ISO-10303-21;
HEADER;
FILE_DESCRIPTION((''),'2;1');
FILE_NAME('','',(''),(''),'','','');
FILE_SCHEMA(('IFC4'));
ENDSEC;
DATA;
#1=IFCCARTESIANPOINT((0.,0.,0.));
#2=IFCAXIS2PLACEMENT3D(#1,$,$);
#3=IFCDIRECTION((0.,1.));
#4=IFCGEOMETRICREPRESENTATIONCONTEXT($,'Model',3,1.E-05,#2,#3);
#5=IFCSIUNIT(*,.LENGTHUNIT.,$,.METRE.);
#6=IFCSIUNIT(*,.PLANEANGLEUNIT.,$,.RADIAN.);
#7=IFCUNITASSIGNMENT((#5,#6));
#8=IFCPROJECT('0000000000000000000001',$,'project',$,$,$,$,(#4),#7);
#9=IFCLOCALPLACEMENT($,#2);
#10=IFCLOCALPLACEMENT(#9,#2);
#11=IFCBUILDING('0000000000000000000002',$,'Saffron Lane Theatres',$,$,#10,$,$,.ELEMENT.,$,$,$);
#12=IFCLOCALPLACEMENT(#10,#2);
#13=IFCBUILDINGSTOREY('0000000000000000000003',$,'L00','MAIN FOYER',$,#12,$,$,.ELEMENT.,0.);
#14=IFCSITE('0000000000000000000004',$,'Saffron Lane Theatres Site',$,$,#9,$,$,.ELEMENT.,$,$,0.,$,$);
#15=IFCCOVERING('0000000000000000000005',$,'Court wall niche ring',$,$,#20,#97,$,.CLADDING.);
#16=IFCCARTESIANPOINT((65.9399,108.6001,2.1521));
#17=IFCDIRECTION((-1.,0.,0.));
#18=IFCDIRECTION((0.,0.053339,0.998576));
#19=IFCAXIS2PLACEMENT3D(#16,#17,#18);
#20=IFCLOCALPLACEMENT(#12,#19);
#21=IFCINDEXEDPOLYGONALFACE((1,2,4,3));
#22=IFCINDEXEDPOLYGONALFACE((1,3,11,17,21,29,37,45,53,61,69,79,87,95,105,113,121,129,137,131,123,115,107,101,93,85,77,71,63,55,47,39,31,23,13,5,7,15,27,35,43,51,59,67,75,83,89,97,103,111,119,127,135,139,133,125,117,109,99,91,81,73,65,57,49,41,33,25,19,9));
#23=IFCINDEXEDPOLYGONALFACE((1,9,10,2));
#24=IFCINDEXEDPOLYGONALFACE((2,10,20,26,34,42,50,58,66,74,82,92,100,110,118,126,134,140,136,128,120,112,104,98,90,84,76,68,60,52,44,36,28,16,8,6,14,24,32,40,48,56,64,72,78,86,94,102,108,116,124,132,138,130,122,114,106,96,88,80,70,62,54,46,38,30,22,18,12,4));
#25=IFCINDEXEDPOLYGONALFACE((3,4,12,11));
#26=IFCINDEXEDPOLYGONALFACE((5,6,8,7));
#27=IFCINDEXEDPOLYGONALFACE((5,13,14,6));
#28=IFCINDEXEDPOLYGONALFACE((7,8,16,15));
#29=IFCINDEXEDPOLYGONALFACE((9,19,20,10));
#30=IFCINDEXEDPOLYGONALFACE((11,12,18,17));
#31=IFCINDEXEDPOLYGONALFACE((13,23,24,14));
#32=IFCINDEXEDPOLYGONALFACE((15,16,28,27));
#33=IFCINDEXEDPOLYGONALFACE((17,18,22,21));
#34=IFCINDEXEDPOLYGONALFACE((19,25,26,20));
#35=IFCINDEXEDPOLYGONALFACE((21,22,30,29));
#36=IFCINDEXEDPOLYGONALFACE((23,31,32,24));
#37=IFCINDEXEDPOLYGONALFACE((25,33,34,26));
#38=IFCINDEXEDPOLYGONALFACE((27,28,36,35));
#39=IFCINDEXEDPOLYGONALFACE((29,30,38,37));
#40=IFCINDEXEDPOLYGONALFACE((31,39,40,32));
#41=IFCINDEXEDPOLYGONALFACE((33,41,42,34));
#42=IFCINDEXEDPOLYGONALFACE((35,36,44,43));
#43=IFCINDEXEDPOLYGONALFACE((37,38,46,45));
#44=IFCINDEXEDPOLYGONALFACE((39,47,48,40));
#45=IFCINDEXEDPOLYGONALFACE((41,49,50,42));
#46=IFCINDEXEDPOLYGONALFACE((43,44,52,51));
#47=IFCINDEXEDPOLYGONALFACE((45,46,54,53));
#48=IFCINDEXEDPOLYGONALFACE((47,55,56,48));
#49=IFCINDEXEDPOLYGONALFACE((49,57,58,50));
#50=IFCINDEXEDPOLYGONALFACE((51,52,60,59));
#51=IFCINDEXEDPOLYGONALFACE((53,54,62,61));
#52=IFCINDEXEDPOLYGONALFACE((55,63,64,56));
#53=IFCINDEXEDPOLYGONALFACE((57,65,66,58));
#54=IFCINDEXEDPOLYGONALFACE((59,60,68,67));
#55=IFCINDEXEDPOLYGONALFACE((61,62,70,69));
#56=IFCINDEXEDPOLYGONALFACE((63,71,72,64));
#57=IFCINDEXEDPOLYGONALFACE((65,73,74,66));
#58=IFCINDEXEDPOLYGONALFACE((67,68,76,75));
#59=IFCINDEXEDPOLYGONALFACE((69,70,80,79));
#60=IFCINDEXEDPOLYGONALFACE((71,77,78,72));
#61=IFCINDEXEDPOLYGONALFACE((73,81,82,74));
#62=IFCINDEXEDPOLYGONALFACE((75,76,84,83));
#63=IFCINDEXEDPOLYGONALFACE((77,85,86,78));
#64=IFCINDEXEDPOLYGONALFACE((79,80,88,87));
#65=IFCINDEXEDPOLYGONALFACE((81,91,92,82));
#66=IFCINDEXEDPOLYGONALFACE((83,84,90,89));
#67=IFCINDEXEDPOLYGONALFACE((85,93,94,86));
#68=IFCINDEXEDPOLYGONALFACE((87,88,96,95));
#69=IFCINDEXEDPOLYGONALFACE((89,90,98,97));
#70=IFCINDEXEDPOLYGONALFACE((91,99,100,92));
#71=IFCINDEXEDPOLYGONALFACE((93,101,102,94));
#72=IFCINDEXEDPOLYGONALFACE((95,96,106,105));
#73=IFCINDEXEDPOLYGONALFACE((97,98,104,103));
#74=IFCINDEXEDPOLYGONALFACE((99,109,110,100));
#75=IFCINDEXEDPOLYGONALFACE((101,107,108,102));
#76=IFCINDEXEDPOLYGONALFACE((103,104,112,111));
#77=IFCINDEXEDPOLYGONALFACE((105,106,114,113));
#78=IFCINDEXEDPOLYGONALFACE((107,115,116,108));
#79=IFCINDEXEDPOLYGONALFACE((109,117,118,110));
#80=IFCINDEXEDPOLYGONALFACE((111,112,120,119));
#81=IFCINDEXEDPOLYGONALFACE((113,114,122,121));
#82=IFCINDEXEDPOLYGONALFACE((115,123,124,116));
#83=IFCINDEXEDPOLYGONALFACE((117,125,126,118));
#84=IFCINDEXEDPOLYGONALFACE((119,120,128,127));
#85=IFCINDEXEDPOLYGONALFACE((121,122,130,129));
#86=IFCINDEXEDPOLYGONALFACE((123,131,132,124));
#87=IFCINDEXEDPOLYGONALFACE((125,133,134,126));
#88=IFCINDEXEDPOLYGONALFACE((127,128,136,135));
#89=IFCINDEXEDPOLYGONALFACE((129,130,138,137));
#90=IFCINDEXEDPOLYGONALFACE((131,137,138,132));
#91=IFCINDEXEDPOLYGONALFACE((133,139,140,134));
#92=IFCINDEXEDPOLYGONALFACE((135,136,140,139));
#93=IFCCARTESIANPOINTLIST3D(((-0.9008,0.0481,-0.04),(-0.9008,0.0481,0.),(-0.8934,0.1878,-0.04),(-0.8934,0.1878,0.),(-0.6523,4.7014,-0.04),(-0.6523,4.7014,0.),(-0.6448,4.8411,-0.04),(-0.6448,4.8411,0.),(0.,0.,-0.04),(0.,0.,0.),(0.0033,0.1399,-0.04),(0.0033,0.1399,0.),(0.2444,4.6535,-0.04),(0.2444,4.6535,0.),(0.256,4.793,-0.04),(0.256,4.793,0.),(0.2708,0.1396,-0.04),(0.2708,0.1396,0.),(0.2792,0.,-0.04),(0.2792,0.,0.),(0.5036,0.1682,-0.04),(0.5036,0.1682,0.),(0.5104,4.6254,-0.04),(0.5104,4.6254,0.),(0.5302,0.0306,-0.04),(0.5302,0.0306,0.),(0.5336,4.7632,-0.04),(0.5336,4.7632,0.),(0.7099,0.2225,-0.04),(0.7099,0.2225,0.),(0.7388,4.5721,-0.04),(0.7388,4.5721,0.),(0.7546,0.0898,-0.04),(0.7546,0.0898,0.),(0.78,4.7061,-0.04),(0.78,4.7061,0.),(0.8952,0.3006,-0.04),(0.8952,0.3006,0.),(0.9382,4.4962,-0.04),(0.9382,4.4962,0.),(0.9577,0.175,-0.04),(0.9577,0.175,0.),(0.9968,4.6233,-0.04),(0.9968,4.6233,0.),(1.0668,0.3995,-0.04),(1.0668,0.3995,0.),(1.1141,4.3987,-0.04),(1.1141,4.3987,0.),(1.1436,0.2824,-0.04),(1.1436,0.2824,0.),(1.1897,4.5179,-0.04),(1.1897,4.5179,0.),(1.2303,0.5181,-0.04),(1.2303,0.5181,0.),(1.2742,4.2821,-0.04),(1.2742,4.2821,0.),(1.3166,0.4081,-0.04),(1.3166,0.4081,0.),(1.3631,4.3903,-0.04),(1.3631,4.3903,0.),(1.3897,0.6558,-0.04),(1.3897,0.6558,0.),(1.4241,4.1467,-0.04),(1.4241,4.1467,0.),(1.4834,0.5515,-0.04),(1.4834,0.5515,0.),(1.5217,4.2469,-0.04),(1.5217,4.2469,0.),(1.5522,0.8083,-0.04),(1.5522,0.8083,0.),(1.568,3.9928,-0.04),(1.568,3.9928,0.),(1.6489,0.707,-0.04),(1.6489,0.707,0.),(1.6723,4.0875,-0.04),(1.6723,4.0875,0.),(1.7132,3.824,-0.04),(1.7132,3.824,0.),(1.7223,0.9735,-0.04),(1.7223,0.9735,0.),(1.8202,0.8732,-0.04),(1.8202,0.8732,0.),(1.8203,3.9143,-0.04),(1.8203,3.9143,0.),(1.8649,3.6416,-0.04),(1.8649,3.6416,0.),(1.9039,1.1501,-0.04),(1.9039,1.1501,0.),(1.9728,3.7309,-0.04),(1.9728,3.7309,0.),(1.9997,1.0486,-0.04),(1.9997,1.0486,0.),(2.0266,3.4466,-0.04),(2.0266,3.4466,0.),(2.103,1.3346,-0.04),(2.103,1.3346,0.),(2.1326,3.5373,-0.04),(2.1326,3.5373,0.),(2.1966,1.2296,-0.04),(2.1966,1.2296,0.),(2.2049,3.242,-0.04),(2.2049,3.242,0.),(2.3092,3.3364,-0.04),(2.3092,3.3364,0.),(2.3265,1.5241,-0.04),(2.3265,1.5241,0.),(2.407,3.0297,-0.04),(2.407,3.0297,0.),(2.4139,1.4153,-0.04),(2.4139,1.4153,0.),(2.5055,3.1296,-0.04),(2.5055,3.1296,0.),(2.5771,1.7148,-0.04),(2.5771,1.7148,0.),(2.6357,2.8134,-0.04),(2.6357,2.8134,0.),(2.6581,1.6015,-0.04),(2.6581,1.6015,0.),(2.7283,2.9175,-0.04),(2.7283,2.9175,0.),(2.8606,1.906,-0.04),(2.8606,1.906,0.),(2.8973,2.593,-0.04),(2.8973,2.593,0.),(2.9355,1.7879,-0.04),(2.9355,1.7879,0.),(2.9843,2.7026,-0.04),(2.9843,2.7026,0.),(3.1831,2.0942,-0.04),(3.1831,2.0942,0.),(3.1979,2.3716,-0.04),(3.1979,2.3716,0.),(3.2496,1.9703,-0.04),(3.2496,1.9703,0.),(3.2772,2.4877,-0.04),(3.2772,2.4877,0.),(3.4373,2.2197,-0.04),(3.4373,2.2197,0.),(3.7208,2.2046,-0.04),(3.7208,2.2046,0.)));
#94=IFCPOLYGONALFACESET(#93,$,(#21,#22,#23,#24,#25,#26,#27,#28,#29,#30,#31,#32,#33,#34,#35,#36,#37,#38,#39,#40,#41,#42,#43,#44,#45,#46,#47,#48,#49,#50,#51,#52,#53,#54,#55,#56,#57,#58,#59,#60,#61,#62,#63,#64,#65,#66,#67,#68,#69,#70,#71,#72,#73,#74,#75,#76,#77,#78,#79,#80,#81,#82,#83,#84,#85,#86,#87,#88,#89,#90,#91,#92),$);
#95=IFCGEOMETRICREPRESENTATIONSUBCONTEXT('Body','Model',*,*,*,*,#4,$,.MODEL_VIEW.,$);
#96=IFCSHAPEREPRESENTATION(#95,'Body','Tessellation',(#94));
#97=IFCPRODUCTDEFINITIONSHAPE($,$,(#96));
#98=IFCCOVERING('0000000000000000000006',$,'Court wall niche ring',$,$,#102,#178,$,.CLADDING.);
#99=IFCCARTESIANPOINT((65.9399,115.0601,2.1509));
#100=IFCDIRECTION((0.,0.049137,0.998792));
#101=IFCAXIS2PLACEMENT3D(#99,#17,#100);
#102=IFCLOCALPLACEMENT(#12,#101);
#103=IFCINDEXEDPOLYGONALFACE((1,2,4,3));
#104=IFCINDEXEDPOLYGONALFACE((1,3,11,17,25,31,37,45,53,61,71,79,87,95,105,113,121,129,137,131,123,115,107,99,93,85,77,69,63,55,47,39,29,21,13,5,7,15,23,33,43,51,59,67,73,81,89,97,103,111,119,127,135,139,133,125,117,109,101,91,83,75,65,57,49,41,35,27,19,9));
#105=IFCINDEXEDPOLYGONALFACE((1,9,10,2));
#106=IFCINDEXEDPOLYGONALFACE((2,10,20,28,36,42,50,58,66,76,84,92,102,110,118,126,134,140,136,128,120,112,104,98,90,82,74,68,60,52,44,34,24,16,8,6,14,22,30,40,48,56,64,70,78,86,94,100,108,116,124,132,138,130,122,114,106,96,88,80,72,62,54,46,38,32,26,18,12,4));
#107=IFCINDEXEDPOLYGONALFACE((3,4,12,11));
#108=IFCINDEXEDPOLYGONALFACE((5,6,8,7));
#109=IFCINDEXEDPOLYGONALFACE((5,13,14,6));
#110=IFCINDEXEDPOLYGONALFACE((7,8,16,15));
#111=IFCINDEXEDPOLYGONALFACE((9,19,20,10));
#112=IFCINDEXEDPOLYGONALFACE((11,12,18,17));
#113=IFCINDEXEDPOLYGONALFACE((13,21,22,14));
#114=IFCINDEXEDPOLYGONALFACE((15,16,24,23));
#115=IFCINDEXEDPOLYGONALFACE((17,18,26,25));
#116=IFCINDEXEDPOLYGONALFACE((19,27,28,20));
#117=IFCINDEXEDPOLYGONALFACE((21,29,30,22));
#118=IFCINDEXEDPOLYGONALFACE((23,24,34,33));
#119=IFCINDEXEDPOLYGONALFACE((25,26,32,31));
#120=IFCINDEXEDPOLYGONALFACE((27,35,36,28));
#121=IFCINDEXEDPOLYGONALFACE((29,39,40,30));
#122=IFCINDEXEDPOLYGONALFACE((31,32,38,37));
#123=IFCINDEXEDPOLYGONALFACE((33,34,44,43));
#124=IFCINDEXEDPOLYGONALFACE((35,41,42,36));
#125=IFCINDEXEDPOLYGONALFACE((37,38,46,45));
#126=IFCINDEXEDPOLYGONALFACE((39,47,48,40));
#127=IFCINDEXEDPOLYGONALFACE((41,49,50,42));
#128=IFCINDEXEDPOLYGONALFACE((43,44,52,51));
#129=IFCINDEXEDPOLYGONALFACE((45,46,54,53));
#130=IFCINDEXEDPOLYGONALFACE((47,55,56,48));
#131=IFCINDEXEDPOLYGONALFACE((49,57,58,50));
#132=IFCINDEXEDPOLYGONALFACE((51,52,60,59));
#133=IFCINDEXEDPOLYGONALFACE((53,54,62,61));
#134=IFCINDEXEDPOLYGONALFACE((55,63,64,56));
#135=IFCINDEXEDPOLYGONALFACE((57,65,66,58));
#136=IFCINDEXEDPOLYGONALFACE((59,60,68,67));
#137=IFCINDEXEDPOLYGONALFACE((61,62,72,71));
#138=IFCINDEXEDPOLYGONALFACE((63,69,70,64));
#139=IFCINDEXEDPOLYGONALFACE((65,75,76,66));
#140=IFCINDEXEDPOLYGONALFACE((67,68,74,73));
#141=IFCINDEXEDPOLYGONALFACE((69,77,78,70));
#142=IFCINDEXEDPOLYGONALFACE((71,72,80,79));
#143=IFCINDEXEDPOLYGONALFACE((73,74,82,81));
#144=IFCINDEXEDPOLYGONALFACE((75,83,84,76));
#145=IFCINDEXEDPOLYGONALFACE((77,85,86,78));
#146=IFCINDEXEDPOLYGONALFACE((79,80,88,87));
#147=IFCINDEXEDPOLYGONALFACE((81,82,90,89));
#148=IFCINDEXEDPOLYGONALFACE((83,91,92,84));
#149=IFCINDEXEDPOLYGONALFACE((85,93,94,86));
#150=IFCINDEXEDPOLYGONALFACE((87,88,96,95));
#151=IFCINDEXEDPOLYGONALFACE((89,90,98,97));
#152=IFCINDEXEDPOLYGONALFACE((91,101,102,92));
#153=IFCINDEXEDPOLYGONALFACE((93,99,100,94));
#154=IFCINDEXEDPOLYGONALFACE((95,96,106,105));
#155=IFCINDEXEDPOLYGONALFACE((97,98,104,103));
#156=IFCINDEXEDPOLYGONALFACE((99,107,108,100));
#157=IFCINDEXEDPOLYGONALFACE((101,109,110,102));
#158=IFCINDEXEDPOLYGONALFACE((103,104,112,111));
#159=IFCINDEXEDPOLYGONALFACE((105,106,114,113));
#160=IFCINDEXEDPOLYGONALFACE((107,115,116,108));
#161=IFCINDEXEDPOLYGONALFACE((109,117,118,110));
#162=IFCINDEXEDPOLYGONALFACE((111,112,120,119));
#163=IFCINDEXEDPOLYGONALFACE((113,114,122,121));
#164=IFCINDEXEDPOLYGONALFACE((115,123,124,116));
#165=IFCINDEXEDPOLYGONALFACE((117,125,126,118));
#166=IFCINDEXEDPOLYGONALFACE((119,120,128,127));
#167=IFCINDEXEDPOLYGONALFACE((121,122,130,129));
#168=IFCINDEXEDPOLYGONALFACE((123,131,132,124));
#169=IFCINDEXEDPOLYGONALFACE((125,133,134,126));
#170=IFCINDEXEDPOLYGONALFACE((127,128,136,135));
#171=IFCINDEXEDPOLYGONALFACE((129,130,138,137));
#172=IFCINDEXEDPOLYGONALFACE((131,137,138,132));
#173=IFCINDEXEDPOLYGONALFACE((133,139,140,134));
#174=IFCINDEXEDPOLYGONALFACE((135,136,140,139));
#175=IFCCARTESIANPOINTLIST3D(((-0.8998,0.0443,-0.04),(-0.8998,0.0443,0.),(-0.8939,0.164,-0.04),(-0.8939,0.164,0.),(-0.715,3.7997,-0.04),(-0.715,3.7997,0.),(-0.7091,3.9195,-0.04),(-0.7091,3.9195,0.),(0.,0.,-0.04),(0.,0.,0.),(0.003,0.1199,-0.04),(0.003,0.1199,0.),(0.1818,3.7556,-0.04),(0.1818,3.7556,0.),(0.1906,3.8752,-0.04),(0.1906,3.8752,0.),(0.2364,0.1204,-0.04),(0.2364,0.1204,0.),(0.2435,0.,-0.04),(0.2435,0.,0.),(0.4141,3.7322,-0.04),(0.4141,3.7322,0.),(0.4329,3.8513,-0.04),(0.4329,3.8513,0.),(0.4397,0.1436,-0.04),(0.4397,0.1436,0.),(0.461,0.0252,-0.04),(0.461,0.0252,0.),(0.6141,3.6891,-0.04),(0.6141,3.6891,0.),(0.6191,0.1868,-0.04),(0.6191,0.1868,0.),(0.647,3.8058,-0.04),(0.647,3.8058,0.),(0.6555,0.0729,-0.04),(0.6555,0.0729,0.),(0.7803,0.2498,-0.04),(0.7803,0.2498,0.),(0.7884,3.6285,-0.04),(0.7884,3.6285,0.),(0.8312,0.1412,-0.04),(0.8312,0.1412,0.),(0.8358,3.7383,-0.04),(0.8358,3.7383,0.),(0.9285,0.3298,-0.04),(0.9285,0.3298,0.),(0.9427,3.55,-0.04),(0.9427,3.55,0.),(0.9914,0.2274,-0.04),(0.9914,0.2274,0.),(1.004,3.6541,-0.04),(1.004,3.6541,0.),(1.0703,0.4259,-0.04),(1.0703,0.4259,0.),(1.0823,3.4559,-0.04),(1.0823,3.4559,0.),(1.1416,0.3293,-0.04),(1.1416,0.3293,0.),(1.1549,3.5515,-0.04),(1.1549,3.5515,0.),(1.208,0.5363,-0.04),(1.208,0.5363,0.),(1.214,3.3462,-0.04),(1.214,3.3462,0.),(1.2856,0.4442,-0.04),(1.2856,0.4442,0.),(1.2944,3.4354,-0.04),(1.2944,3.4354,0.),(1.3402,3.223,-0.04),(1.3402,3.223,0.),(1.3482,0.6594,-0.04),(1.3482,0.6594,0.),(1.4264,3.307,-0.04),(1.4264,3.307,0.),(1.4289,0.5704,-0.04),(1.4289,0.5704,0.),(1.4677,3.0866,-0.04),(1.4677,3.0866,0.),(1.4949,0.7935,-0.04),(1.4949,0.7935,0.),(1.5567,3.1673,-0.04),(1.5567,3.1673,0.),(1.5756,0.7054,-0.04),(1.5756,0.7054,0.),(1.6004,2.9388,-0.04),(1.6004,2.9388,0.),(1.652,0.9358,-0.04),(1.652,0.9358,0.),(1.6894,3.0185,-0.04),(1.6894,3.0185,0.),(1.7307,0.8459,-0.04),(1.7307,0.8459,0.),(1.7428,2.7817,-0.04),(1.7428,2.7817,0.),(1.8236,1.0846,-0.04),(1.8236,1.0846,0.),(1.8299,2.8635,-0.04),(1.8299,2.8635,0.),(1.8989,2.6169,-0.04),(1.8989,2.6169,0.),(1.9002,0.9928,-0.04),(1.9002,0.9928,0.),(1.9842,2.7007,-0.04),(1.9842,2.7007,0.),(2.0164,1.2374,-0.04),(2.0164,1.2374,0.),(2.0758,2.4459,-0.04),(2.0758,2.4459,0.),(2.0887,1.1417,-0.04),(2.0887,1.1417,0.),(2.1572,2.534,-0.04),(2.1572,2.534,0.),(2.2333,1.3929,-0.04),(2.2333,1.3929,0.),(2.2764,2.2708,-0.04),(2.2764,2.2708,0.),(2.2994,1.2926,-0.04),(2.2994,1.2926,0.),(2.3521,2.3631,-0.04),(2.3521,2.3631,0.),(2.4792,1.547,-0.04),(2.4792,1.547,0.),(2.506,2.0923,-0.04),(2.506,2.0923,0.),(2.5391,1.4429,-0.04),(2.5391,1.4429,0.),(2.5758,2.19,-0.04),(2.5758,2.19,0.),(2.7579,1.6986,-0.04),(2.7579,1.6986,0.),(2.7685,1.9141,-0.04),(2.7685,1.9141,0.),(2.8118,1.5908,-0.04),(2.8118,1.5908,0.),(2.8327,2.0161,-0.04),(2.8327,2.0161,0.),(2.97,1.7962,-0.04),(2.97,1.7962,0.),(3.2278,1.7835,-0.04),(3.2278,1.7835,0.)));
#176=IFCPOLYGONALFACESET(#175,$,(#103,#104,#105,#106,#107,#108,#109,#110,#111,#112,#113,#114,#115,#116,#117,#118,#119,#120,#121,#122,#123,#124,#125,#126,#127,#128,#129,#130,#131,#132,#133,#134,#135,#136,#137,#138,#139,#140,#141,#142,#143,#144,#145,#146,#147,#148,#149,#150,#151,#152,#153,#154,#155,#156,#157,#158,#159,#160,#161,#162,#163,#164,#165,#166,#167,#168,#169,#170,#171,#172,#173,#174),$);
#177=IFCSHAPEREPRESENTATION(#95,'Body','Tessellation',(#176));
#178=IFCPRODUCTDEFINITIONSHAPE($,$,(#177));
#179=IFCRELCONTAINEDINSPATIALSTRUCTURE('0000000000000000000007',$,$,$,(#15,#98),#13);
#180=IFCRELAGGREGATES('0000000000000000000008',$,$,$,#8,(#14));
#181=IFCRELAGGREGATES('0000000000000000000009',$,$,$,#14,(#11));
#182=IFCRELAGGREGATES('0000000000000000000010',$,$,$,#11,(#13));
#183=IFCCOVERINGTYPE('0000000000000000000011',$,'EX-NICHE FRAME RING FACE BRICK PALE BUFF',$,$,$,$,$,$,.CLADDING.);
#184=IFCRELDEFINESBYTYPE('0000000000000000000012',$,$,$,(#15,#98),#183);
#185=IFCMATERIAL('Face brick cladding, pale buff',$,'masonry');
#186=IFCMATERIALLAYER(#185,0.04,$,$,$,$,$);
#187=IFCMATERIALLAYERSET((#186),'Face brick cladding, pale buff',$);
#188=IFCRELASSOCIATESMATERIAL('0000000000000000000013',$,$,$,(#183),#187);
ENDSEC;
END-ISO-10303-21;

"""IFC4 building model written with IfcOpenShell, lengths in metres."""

from ifc_helpers import new_model, si_unit, direction, frame, origin, place, context, subcontext, project, spatial, polyline, outline, extrude, material, layer, layer_set, type_object, element, save


model = new_model("IFC4")

# Units and contexts
model_context = context("Model", 3, precision=1e-05, world=origin(), true_north=direction((0.0, 1.0)))
body_context = subcontext(model_context, "Body", "Model", "MODEL_VIEW")
ifc_project = project(units=[si_unit("LENGTHUNIT", "METRE"), si_unit("PLANEANGLEUNIT", "RADIAN")], contexts=[model_context])

# Site, building, storey
site_placement = place(None, origin())
site = spatial("IfcSite", under=ifc_project, at=site_placement, Name="Saffron Lane Theatres Site", CompositionType="ELEMENT", RefElevation=0.0)
building_placement = place(site_placement, origin())
building = spatial("IfcBuilding", under=site, at=building_placement, Name="Saffron Lane Theatres", CompositionType="ELEMENT")
storey_placement = place(building_placement, origin())
storey = spatial("IfcBuildingStorey", under=building, at=storey_placement, Name="L00", Description="MAIN FOYER", CompositionType="ELEMENT", Elevation=0.0)

# Coverings
ifc_material_1 = material(Name="Face brick cladding, pale buff", Category="masonry")
ifc_layer_1 = layer(ifc_material_1, 0.04)
ifc_layer_set_1 = layer_set([ifc_layer_1], Name="Face brick cladding, pale buff")
covering_type_1 = type_object("IfcCoveringType", Name="EX-NICHE FRAME RING FACE BRICK PALE BUFF", PredefinedType="CLADDING", material=ifc_layer_set_1)
covering_1_placement = place(storey_placement, frame((65.9399, 108.6001, 2.1521), z_axis=(-1.0, 0.0, 0.0), x_axis=(0.0, 0.053339, 0.998576)))
element("IfcCovering", 1, at=covering_1_placement, inside=storey, type_object=covering_type_1, Name="Court wall niche ring", PredefinedType="CLADDING", context=body_context, shape_type="SweptSolid", body=[
    extrude(outline(polyline([(0.0, 0.0), (0.2792, 0.0), (0.5302, 0.0306), (0.7546, 0.0898), (0.9577, 0.175), (1.1436, 0.2824), (1.3166, 0.4081), (1.4834, 0.5515), (1.6489, 0.707), (1.8202, 0.8732), (1.9997, 1.0486), (2.1966, 1.2296), (2.4139, 1.4153), (2.6581, 1.6015), (2.9355, 1.7879), (3.2496, 1.9703), (3.7208, 2.2046), (3.2772, 2.4877), (2.9843, 2.7026), (2.7283, 2.9175), (2.5055, 3.1296), (2.3092, 3.3364), (2.1326, 3.5373), (1.9728, 3.7309), (1.8203, 3.9143), (1.6723, 4.0875), (1.5217, 4.2469), (1.3631, 4.3903), (1.1897, 4.5179), (0.9968, 4.6233), (0.78, 4.7061), (0.5336, 4.7632), (0.256, 4.793), (-0.6448, 4.8411), (-0.6523, 4.7014), (0.2444, 4.6535), (0.5104, 4.6254), (0.7388, 4.5721), (0.9382, 4.4962), (1.1141, 4.3987), (1.2742, 4.2821), (1.4241, 4.1467), (1.568, 3.9928), (1.7132, 3.824), (1.8649, 3.6416), (2.0266, 3.4466), (2.2049, 3.242), (2.407, 3.0297), (2.6357, 2.8134), (2.8973, 2.593), (3.1979, 2.3716), (3.4373, 2.2197), (3.1831, 2.0942), (2.8606, 1.906), (2.5771, 1.7148), (2.3265, 1.5241), (2.103, 1.3346), (1.9039, 1.1501), (1.7223, 0.9735), (1.5522, 0.8083), (1.3897, 0.6558), (1.2303, 0.5181), (1.0668, 0.3995), (0.8952, 0.3006), (0.7099, 0.2225), (0.5036, 0.1682), (0.2708, 0.1396), (0.0033, 0.1399), (-0.8934, 0.1878), (-0.9008, 0.0481), (0.0, 0.0)])), origin(), (0.0, 0.0, -1.0), 0.04),
])
covering_2_placement = place(storey_placement, frame((65.9399, 115.0601, 2.1509), z_axis=(-1.0, 0.0, 0.0), x_axis=(0.0, 0.049137, 0.998792)))
element("IfcCovering", 2, at=covering_2_placement, inside=storey, type_object=covering_type_1, Name="Court wall niche ring", PredefinedType="CLADDING", context=body_context, shape_type="SweptSolid", body=[
    extrude(outline(polyline([(0.0, 0.0), (0.2435, 0.0), (0.461, 0.0252), (0.6555, 0.0729), (0.8312, 0.1412), (0.9914, 0.2274), (1.1416, 0.3293), (1.2856, 0.4442), (1.4289, 0.5704), (1.5756, 0.7054), (1.7307, 0.8459), (1.9002, 0.9928), (2.0887, 1.1417), (2.2994, 1.2926), (2.5391, 1.4429), (2.8118, 1.5908), (3.2278, 1.7835), (2.8327, 2.0161), (2.5758, 2.19), (2.3521, 2.3631), (2.1572, 2.534), (1.9842, 2.7007), (1.8299, 2.8635), (1.6894, 3.0185), (1.5567, 3.1673), (1.4264, 3.307), (1.2944, 3.4354), (1.1549, 3.5515), (1.004, 3.6541), (0.8358, 3.7383), (0.647, 3.8058), (0.4329, 3.8513), (0.1906, 3.8752), (-0.7091, 3.9195), (-0.715, 3.7997), (0.1818, 3.7556), (0.4141, 3.7322), (0.6141, 3.6891), (0.7884, 3.6285), (0.9427, 3.55), (1.0823, 3.4559), (1.214, 3.3462), (1.3402, 3.223), (1.4677, 3.0866), (1.6004, 2.9388), (1.7428, 2.7817), (1.8989, 2.6169), (2.0758, 2.4459), (2.2764, 2.2708), (2.506, 2.0923), (2.7685, 1.9141), (2.97, 1.7962), (2.7579, 1.6986), (2.4792, 1.547), (2.2333, 1.3929), (2.0164, 1.2374), (1.8236, 1.0846), (1.652, 0.9358), (1.4949, 0.7935), (1.3482, 0.6594), (1.208, 0.5363), (1.0703, 0.4259), (0.9285, 0.3298), (0.7803, 0.2498), (0.6191, 0.1868), (0.4397, 0.1436), (0.2364, 0.1204), (0.003, 0.1199), (-0.8939, 0.164), (-0.8998, 0.0443), (0.0, 0.0)])), origin(), (0.0, 0.0, -1.0), 0.04),
])

save(model, "model.ifc")
